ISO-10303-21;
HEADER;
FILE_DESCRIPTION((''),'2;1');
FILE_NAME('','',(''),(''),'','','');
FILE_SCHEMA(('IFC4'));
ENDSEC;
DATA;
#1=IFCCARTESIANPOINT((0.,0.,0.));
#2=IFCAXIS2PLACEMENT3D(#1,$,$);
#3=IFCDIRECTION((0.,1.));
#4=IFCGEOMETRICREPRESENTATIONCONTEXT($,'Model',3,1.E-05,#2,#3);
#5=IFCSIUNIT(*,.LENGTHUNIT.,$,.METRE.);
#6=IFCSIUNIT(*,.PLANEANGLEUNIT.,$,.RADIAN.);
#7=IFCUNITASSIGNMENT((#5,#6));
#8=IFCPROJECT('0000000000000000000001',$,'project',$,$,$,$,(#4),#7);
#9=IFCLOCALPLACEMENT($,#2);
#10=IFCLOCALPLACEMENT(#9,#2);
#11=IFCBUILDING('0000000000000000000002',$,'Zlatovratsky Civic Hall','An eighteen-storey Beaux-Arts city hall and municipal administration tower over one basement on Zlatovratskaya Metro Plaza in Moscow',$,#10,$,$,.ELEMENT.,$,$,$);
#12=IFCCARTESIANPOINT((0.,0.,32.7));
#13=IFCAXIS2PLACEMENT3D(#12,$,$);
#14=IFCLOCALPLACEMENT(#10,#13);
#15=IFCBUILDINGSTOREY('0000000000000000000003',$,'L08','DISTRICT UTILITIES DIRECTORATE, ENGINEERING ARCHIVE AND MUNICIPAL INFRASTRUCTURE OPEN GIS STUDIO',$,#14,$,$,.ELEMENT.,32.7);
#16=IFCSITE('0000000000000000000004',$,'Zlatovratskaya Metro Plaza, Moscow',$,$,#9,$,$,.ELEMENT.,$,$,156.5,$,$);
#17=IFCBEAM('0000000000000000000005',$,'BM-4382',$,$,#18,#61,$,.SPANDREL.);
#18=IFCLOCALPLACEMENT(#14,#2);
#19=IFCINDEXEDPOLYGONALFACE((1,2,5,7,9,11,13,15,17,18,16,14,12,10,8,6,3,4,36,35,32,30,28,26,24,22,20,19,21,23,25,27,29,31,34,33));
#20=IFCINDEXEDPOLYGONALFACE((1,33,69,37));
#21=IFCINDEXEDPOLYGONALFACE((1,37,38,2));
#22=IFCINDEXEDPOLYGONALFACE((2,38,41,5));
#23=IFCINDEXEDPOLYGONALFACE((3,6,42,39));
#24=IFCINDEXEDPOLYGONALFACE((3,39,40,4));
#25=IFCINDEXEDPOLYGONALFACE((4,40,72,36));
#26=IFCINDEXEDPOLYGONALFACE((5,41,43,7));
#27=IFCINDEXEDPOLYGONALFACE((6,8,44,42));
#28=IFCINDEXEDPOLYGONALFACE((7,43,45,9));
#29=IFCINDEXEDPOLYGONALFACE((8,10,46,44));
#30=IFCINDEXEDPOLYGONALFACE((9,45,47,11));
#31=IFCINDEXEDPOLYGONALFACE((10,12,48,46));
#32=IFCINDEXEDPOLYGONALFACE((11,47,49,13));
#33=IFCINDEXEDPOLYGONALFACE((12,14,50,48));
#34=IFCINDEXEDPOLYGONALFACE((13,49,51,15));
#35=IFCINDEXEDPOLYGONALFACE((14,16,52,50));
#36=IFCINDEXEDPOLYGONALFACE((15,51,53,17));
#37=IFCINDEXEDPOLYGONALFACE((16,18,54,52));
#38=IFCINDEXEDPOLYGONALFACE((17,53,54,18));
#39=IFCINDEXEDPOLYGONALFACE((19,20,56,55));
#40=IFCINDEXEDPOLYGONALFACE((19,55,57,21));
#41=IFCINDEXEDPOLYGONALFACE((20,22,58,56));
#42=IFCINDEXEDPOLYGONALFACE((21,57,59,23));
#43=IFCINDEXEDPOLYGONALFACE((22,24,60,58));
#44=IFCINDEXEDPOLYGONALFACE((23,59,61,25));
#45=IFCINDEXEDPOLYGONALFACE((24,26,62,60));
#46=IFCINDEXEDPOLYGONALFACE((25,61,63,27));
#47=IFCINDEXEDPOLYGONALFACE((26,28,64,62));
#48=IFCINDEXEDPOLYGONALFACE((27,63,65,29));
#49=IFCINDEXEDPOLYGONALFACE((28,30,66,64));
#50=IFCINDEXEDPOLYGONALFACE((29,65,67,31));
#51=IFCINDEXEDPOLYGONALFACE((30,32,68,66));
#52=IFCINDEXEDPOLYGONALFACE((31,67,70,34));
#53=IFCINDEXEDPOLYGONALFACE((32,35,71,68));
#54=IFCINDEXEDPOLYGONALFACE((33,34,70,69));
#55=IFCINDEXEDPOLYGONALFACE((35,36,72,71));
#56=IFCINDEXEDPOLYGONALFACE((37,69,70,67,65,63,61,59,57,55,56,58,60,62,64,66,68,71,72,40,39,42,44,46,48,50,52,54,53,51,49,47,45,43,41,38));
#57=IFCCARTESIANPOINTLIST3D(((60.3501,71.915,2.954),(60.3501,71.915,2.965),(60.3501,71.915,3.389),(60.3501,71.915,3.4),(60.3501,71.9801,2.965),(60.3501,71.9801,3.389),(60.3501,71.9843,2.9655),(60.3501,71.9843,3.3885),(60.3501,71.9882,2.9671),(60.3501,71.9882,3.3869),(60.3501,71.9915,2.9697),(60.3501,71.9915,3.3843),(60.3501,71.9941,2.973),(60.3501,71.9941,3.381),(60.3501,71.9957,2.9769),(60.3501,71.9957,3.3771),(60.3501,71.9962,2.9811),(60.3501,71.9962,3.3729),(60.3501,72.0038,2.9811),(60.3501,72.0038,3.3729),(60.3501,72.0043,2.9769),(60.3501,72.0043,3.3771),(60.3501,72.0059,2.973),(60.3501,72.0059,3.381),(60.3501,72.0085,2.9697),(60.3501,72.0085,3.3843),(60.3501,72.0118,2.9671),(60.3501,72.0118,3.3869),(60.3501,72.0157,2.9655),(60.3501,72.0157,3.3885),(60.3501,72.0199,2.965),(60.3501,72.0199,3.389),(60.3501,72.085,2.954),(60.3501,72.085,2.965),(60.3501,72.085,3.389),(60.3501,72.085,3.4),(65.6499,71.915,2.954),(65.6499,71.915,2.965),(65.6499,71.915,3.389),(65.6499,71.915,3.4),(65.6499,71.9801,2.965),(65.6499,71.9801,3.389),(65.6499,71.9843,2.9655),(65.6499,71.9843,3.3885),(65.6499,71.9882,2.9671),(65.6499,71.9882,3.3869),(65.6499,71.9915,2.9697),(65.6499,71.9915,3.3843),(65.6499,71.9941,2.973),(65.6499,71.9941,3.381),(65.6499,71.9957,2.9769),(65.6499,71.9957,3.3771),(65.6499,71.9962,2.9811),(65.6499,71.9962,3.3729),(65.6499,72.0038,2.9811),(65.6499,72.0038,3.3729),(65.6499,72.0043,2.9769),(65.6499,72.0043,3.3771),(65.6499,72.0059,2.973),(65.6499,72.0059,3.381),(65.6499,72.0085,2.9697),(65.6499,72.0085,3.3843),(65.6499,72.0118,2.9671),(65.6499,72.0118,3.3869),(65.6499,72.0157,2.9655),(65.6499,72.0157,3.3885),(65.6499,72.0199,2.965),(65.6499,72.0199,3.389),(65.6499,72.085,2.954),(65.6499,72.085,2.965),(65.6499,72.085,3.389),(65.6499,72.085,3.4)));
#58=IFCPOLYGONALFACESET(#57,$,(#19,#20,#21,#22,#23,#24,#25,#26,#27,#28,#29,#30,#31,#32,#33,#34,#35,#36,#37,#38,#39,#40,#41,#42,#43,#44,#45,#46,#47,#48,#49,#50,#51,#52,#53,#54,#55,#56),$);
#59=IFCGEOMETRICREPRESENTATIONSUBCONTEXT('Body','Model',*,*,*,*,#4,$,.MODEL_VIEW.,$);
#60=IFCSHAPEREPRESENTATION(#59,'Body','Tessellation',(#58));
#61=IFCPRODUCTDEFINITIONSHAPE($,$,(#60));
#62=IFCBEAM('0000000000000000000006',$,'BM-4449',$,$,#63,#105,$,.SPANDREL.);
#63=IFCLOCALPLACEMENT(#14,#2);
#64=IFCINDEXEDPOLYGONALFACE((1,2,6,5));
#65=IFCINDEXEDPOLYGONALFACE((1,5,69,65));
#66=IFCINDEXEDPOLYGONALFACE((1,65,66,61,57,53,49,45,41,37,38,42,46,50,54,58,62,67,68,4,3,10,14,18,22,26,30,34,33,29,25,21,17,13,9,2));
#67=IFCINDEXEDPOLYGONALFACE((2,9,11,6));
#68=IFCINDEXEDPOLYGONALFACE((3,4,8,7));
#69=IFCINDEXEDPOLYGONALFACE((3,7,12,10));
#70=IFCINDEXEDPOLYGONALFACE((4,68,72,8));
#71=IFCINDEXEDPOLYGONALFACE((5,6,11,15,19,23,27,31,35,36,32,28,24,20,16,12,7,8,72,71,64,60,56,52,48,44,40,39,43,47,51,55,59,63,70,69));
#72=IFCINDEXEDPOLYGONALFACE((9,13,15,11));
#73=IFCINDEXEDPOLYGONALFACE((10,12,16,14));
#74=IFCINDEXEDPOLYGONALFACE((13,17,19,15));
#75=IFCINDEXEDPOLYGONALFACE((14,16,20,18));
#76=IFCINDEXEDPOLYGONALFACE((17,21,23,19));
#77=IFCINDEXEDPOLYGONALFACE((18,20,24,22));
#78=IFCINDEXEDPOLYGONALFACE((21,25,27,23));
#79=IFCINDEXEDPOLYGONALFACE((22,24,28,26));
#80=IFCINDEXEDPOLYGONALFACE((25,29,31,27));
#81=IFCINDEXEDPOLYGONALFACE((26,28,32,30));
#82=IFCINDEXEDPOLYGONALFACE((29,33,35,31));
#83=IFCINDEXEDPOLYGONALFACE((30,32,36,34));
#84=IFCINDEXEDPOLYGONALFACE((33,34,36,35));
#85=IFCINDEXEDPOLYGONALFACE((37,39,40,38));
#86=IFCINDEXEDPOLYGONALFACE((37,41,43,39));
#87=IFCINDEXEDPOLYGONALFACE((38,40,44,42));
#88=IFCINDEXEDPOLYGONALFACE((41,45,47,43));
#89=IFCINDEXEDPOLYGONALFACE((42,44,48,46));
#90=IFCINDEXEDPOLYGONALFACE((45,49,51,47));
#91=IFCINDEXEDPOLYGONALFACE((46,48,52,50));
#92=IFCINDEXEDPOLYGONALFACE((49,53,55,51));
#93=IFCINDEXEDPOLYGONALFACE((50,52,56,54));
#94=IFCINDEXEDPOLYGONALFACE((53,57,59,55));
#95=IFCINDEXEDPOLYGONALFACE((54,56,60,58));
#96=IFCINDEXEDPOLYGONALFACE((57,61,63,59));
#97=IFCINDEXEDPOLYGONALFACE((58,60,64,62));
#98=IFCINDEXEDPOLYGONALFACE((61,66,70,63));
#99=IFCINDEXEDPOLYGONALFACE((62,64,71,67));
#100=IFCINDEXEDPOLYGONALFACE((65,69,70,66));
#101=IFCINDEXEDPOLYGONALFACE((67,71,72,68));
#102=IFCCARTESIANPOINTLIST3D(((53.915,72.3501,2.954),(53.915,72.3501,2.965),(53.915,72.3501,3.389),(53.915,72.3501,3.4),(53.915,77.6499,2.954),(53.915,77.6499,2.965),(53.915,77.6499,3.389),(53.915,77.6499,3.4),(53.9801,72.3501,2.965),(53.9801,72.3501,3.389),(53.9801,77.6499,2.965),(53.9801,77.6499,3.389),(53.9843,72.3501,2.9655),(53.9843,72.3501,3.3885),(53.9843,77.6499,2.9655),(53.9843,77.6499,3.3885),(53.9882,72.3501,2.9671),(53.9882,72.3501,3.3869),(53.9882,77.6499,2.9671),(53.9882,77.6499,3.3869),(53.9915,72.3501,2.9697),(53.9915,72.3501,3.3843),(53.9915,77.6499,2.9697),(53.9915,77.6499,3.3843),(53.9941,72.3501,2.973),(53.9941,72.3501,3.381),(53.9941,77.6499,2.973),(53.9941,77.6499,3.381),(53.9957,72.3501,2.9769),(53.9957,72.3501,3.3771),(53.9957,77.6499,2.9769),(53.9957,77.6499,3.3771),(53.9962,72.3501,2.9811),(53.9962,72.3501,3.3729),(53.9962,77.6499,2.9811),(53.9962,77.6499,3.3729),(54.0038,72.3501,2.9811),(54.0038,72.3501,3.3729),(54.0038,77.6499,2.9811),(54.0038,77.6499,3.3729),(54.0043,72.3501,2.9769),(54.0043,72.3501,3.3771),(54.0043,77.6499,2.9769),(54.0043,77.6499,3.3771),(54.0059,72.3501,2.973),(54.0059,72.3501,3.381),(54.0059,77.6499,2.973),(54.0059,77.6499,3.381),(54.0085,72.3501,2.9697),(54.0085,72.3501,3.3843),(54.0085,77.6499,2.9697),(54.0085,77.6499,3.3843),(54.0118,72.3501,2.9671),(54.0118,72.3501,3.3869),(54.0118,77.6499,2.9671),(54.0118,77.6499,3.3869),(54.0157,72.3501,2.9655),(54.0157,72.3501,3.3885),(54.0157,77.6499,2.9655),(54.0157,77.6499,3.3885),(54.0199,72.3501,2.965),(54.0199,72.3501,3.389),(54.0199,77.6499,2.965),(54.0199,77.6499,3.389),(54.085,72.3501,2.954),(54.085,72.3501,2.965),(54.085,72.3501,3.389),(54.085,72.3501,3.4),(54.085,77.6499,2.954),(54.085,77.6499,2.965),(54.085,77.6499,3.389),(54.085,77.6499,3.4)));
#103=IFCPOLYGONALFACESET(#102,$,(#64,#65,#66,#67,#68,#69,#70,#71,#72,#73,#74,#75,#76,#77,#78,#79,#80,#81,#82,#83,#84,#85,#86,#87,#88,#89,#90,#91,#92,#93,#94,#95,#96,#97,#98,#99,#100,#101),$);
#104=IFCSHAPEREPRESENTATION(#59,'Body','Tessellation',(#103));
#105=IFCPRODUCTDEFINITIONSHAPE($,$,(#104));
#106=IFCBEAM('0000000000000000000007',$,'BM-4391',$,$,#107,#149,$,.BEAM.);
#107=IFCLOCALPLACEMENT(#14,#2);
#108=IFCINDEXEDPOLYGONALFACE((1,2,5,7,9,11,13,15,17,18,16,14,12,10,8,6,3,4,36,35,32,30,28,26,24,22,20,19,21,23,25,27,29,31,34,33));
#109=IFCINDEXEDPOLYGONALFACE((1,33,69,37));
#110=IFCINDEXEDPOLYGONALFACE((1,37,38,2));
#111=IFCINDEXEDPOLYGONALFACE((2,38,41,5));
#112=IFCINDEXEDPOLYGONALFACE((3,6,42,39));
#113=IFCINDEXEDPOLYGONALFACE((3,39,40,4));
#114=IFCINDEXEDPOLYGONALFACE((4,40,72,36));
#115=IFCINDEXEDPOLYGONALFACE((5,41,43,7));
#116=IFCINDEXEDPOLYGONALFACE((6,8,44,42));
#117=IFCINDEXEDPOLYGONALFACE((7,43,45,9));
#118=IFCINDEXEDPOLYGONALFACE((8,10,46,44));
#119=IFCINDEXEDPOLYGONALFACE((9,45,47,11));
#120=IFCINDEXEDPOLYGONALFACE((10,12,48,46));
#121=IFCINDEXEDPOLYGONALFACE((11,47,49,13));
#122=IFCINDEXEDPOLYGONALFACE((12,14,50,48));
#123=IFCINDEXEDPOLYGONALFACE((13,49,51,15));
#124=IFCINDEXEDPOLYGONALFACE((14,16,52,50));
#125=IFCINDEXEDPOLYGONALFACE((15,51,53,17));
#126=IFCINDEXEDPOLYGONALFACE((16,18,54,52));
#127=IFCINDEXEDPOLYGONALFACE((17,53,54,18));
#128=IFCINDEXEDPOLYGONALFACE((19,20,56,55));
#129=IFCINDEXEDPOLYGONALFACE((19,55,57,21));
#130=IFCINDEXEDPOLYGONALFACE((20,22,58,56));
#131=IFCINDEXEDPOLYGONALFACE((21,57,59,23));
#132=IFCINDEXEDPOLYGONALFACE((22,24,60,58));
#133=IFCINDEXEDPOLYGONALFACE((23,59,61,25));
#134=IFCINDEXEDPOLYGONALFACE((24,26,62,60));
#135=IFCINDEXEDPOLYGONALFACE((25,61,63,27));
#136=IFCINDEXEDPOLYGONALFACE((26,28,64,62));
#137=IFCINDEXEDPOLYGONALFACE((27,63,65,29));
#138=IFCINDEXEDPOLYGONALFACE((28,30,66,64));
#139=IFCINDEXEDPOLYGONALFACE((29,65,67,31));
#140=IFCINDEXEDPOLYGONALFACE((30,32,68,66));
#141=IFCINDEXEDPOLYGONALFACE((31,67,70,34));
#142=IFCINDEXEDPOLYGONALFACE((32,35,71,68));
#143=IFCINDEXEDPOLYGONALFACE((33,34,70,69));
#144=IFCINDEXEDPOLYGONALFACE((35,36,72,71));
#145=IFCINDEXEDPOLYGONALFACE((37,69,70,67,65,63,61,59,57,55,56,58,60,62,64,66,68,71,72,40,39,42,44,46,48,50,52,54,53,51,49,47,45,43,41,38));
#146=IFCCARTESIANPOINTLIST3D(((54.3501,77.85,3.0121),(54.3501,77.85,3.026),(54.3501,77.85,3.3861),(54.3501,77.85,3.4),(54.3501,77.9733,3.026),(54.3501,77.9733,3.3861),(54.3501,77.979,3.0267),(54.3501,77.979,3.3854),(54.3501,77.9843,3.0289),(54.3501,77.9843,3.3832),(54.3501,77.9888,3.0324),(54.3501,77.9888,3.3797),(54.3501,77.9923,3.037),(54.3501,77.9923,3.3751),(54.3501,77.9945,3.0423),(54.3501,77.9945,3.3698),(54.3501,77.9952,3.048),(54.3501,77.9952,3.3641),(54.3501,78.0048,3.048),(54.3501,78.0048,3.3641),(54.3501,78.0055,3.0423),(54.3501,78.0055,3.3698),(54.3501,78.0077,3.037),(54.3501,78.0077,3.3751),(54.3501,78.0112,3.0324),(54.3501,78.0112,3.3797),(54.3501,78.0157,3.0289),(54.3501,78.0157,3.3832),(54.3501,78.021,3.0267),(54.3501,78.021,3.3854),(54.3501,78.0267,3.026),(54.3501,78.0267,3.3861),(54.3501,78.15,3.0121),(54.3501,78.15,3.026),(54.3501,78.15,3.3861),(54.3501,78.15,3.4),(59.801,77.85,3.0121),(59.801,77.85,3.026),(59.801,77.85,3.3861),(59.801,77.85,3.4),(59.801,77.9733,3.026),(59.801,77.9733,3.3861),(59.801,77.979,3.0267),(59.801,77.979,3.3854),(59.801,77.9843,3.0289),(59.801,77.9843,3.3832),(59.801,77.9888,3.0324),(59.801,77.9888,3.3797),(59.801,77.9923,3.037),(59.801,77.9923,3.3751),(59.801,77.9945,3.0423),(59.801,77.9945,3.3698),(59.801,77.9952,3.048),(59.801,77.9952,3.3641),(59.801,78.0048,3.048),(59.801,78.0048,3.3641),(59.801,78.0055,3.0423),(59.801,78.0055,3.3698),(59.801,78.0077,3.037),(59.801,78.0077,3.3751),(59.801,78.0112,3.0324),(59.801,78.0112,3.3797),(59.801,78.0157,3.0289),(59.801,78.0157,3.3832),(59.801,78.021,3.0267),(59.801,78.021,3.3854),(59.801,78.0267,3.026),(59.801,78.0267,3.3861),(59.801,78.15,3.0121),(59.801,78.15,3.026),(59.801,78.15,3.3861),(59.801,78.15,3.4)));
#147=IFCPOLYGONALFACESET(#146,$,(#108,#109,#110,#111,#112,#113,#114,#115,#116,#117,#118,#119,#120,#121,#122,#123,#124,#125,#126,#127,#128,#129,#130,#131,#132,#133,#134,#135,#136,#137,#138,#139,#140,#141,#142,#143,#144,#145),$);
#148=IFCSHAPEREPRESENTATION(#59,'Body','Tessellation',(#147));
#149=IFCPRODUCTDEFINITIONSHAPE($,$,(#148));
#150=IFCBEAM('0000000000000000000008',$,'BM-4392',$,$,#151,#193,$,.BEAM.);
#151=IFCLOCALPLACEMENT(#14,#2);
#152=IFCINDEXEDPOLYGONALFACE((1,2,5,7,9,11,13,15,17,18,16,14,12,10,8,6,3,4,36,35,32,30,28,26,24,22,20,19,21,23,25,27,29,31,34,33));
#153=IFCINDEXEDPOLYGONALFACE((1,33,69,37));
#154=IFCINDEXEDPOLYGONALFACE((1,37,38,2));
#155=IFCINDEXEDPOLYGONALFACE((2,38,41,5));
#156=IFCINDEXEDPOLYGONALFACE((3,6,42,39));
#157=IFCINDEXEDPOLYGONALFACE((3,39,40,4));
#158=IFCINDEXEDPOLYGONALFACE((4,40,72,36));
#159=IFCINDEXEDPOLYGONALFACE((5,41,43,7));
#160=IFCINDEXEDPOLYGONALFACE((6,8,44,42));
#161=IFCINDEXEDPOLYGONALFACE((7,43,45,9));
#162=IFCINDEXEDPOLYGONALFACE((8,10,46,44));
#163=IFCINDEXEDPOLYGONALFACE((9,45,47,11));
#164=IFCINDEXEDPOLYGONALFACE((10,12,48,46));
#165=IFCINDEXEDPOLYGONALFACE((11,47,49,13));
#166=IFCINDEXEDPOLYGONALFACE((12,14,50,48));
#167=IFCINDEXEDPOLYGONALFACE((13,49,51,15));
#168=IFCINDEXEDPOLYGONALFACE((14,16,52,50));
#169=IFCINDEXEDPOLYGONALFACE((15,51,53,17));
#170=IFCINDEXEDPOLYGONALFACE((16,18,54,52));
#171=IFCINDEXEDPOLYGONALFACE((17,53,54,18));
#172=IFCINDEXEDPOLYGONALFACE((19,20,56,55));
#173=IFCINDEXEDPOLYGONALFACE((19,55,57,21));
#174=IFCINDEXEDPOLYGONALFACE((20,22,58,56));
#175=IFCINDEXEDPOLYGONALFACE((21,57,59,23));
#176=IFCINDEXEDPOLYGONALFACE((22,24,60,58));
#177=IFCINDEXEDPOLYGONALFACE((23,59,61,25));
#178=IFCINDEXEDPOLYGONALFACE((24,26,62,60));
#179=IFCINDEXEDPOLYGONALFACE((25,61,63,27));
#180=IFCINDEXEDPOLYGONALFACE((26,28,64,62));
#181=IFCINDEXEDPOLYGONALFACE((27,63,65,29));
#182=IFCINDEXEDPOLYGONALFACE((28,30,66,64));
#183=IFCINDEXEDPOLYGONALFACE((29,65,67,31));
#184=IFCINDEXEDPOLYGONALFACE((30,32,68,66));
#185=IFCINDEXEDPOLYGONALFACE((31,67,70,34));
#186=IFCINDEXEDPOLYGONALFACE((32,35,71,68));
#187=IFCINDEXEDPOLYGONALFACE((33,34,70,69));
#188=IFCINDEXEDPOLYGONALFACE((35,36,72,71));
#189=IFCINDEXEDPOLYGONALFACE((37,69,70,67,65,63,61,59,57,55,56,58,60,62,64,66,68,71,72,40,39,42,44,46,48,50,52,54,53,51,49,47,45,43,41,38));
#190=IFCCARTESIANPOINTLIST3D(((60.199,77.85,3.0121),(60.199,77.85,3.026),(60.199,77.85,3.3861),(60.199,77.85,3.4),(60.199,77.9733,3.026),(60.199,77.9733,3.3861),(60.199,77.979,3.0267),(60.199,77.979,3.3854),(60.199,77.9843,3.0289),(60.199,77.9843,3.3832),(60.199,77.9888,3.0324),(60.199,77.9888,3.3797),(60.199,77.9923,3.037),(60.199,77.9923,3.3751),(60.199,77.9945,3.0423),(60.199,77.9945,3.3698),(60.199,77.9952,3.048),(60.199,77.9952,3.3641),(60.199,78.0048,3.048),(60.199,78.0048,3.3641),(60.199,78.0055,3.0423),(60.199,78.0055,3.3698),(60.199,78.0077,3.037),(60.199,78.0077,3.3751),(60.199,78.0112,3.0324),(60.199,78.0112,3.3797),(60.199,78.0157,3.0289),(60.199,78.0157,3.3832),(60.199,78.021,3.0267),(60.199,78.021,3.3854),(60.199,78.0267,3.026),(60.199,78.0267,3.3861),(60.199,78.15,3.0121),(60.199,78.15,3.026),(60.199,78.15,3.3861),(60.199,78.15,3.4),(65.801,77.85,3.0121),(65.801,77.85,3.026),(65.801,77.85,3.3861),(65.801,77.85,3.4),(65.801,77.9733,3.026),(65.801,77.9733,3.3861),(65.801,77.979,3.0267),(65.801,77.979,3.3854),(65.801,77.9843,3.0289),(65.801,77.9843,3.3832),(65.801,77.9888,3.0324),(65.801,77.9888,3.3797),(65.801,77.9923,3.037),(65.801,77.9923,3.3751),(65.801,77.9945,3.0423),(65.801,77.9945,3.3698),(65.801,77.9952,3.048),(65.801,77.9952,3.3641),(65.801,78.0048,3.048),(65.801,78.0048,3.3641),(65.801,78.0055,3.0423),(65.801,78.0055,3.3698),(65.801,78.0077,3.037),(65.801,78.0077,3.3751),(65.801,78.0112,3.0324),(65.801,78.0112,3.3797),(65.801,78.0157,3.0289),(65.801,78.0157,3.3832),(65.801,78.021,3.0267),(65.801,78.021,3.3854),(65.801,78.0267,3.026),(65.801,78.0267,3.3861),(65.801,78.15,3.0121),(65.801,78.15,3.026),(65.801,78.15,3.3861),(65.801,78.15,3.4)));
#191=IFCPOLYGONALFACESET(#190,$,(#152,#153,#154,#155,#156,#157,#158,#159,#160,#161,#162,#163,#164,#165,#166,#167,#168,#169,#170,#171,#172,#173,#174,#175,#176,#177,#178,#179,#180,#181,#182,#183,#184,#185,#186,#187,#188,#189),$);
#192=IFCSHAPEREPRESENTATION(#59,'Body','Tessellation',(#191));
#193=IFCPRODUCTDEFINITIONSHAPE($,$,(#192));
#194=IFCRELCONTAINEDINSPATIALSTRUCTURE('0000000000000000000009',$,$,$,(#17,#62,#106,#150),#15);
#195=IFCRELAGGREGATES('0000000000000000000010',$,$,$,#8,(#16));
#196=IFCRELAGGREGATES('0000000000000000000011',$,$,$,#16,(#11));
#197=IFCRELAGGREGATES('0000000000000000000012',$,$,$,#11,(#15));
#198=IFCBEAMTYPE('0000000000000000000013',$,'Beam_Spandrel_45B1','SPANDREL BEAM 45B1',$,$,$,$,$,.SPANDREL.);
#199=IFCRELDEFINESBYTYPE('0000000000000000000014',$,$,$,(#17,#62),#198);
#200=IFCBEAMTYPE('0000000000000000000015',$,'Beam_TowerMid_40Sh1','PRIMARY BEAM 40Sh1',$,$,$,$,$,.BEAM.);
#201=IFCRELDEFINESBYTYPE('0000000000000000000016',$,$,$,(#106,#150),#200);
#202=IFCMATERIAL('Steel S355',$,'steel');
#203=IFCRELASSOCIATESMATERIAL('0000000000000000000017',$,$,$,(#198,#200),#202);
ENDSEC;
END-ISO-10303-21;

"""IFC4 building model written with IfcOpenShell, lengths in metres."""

from ifc_helpers import new_model, si_unit, direction, frame, origin, origin_2d, place, context, subcontext, project, spatial, i_section, extrude, material, material_profile, profile_set, type_object, element, save


model = new_model("IFC4")

# Units and contexts
model_context = context("Model", 3, precision=1e-05, world=origin(), true_north=direction((0.0, 1.0)))
body_context = subcontext(model_context, "Body", "Model", "MODEL_VIEW")
ifc_project = project(units=[si_unit("LENGTHUNIT", "METRE"), si_unit("PLANEANGLEUNIT", "RADIAN")], contexts=[model_context])

# Site, building, storey
site_placement = place(None, origin())
site = spatial("IfcSite", under=ifc_project, at=site_placement, Name="Zlatovratskaya Metro Plaza, Moscow", CompositionType="ELEMENT", RefElevation=156.5)
building_placement = place(site_placement, origin())
building = spatial("IfcBuilding", under=site, at=building_placement, Name="Zlatovratsky Civic Hall", Description="An eighteen-storey Beaux-Arts city hall and municipal administration tower over one basement on Zlatovratskaya Metro Plaza in Moscow", CompositionType="ELEMENT")
storey_placement = place(building_placement, frame((0.0, 0.0, 32.7)))
storey = spatial("IfcBuildingStorey", under=building, at=storey_placement, Name="L08", Description="DISTRICT UTILITIES DIRECTORATE, ENGINEERING ARCHIVE AND MUNICIPAL INFRASTRUCTURE OPEN GIS STUDIO", CompositionType="ELEMENT", Elevation=32.7)

# Shared definitions
ifc_material_1 = material(Name="Steel S355", Category="steel")

# Beams
ifc_material_profile_1 = material_profile(ifc_material_1, i_section(OverallWidth=0.1699, OverallDepth=0.446, WebThickness=0.0076, FlangeThickness=0.011, FilletRadius=0.0161, at=origin_2d()), Name="45B1")
ifc_profile_set_1 = profile_set([ifc_material_profile_1], Name="Steel S355")
beam_type_1 = type_object("IfcBeamType", Name="Beam_Spandrel_45B1", Description="SPANDREL BEAM 45B1", PredefinedType="SPANDREL", material=ifc_profile_set_1)
for number, where, z_axis, x_axis, name in (
    (1, (60.3501, 72.0, 3.177), (1.0, 0.0, 0.0), (0.0, 1.0, 0.0), "BM-4382"),
    (2, (54.0, 72.3501, 3.177), (0.0, 1.0, 0.0), (-1.0, 0.0, 0.0), "BM-4449"),
):
    element("IfcBeam", number, at=place(storey_placement, frame(where, z_axis=z_axis, x_axis=x_axis)), inside=storey, type_object=beam_type_1, Name=name, PredefinedType="SPANDREL", context=body_context, shape_type="SweptSolid", body=[
        extrude(i_section(OverallWidth=0.1699, OverallDepth=0.446, WebThickness=0.0076, FlangeThickness=0.011, FilletRadius=0.0161, at=origin_2d()), origin(), (0.0, 0.0, 1.0), 5.2998),
    ])
ifc_material_profile_2 = material_profile(ifc_material_1, i_section(OverallWidth=0.3, OverallDepth=0.3879, WebThickness=0.0095, FlangeThickness=0.0139, FilletRadius=0.022, at=origin_2d()), Name="40Sh1")
ifc_profile_set_2 = profile_set([ifc_material_profile_2], Name="Steel S355")
beam_type_2 = type_object("IfcBeamType", Name="Beam_TowerMid_40Sh1", Description="PRIMARY BEAM 40Sh1", PredefinedType="BEAM", material=ifc_profile_set_2)
beam_1_placement = place(storey_placement, frame((54.3501, 78.0, 3.2061), z_axis=(1.0, 0.0, 0.0), x_axis=(0.0, 1.0, 0.0)))
element("IfcBeam", 3, at=beam_1_placement, inside=storey, type_object=beam_type_2, Name="BM-4391", PredefinedType="BEAM", context=body_context, shape_type="SweptSolid", body=[
    extrude(i_section(OverallWidth=0.3, OverallDepth=0.3879, WebThickness=0.0095, FlangeThickness=0.0139, FilletRadius=0.022, at=origin_2d()), origin(), (0.0, 0.0, 1.0), 5.4509),
])
for number, where, z_axis, x_axis, name in (
    (4, (60.199, 78.0, 3.2061), (1.0, 0.0, 0.0), (0.0, 1.0, 0.0), "BM-4392"),
):
    element("IfcBeam", number, at=place(storey_placement, frame(where, z_axis=z_axis, x_axis=x_axis)), inside=storey, type_object=beam_type_2, Name=name, PredefinedType="BEAM", context=body_context, shape_type="SweptSolid", body=[
        extrude(i_section(OverallWidth=0.3, OverallDepth=0.3879, WebThickness=0.0095, FlangeThickness=0.0139, FilletRadius=0.022, at=origin_2d()), origin(), (0.0, 0.0, 1.0), 5.6021),
    ])

save(model, "model.ifc")
